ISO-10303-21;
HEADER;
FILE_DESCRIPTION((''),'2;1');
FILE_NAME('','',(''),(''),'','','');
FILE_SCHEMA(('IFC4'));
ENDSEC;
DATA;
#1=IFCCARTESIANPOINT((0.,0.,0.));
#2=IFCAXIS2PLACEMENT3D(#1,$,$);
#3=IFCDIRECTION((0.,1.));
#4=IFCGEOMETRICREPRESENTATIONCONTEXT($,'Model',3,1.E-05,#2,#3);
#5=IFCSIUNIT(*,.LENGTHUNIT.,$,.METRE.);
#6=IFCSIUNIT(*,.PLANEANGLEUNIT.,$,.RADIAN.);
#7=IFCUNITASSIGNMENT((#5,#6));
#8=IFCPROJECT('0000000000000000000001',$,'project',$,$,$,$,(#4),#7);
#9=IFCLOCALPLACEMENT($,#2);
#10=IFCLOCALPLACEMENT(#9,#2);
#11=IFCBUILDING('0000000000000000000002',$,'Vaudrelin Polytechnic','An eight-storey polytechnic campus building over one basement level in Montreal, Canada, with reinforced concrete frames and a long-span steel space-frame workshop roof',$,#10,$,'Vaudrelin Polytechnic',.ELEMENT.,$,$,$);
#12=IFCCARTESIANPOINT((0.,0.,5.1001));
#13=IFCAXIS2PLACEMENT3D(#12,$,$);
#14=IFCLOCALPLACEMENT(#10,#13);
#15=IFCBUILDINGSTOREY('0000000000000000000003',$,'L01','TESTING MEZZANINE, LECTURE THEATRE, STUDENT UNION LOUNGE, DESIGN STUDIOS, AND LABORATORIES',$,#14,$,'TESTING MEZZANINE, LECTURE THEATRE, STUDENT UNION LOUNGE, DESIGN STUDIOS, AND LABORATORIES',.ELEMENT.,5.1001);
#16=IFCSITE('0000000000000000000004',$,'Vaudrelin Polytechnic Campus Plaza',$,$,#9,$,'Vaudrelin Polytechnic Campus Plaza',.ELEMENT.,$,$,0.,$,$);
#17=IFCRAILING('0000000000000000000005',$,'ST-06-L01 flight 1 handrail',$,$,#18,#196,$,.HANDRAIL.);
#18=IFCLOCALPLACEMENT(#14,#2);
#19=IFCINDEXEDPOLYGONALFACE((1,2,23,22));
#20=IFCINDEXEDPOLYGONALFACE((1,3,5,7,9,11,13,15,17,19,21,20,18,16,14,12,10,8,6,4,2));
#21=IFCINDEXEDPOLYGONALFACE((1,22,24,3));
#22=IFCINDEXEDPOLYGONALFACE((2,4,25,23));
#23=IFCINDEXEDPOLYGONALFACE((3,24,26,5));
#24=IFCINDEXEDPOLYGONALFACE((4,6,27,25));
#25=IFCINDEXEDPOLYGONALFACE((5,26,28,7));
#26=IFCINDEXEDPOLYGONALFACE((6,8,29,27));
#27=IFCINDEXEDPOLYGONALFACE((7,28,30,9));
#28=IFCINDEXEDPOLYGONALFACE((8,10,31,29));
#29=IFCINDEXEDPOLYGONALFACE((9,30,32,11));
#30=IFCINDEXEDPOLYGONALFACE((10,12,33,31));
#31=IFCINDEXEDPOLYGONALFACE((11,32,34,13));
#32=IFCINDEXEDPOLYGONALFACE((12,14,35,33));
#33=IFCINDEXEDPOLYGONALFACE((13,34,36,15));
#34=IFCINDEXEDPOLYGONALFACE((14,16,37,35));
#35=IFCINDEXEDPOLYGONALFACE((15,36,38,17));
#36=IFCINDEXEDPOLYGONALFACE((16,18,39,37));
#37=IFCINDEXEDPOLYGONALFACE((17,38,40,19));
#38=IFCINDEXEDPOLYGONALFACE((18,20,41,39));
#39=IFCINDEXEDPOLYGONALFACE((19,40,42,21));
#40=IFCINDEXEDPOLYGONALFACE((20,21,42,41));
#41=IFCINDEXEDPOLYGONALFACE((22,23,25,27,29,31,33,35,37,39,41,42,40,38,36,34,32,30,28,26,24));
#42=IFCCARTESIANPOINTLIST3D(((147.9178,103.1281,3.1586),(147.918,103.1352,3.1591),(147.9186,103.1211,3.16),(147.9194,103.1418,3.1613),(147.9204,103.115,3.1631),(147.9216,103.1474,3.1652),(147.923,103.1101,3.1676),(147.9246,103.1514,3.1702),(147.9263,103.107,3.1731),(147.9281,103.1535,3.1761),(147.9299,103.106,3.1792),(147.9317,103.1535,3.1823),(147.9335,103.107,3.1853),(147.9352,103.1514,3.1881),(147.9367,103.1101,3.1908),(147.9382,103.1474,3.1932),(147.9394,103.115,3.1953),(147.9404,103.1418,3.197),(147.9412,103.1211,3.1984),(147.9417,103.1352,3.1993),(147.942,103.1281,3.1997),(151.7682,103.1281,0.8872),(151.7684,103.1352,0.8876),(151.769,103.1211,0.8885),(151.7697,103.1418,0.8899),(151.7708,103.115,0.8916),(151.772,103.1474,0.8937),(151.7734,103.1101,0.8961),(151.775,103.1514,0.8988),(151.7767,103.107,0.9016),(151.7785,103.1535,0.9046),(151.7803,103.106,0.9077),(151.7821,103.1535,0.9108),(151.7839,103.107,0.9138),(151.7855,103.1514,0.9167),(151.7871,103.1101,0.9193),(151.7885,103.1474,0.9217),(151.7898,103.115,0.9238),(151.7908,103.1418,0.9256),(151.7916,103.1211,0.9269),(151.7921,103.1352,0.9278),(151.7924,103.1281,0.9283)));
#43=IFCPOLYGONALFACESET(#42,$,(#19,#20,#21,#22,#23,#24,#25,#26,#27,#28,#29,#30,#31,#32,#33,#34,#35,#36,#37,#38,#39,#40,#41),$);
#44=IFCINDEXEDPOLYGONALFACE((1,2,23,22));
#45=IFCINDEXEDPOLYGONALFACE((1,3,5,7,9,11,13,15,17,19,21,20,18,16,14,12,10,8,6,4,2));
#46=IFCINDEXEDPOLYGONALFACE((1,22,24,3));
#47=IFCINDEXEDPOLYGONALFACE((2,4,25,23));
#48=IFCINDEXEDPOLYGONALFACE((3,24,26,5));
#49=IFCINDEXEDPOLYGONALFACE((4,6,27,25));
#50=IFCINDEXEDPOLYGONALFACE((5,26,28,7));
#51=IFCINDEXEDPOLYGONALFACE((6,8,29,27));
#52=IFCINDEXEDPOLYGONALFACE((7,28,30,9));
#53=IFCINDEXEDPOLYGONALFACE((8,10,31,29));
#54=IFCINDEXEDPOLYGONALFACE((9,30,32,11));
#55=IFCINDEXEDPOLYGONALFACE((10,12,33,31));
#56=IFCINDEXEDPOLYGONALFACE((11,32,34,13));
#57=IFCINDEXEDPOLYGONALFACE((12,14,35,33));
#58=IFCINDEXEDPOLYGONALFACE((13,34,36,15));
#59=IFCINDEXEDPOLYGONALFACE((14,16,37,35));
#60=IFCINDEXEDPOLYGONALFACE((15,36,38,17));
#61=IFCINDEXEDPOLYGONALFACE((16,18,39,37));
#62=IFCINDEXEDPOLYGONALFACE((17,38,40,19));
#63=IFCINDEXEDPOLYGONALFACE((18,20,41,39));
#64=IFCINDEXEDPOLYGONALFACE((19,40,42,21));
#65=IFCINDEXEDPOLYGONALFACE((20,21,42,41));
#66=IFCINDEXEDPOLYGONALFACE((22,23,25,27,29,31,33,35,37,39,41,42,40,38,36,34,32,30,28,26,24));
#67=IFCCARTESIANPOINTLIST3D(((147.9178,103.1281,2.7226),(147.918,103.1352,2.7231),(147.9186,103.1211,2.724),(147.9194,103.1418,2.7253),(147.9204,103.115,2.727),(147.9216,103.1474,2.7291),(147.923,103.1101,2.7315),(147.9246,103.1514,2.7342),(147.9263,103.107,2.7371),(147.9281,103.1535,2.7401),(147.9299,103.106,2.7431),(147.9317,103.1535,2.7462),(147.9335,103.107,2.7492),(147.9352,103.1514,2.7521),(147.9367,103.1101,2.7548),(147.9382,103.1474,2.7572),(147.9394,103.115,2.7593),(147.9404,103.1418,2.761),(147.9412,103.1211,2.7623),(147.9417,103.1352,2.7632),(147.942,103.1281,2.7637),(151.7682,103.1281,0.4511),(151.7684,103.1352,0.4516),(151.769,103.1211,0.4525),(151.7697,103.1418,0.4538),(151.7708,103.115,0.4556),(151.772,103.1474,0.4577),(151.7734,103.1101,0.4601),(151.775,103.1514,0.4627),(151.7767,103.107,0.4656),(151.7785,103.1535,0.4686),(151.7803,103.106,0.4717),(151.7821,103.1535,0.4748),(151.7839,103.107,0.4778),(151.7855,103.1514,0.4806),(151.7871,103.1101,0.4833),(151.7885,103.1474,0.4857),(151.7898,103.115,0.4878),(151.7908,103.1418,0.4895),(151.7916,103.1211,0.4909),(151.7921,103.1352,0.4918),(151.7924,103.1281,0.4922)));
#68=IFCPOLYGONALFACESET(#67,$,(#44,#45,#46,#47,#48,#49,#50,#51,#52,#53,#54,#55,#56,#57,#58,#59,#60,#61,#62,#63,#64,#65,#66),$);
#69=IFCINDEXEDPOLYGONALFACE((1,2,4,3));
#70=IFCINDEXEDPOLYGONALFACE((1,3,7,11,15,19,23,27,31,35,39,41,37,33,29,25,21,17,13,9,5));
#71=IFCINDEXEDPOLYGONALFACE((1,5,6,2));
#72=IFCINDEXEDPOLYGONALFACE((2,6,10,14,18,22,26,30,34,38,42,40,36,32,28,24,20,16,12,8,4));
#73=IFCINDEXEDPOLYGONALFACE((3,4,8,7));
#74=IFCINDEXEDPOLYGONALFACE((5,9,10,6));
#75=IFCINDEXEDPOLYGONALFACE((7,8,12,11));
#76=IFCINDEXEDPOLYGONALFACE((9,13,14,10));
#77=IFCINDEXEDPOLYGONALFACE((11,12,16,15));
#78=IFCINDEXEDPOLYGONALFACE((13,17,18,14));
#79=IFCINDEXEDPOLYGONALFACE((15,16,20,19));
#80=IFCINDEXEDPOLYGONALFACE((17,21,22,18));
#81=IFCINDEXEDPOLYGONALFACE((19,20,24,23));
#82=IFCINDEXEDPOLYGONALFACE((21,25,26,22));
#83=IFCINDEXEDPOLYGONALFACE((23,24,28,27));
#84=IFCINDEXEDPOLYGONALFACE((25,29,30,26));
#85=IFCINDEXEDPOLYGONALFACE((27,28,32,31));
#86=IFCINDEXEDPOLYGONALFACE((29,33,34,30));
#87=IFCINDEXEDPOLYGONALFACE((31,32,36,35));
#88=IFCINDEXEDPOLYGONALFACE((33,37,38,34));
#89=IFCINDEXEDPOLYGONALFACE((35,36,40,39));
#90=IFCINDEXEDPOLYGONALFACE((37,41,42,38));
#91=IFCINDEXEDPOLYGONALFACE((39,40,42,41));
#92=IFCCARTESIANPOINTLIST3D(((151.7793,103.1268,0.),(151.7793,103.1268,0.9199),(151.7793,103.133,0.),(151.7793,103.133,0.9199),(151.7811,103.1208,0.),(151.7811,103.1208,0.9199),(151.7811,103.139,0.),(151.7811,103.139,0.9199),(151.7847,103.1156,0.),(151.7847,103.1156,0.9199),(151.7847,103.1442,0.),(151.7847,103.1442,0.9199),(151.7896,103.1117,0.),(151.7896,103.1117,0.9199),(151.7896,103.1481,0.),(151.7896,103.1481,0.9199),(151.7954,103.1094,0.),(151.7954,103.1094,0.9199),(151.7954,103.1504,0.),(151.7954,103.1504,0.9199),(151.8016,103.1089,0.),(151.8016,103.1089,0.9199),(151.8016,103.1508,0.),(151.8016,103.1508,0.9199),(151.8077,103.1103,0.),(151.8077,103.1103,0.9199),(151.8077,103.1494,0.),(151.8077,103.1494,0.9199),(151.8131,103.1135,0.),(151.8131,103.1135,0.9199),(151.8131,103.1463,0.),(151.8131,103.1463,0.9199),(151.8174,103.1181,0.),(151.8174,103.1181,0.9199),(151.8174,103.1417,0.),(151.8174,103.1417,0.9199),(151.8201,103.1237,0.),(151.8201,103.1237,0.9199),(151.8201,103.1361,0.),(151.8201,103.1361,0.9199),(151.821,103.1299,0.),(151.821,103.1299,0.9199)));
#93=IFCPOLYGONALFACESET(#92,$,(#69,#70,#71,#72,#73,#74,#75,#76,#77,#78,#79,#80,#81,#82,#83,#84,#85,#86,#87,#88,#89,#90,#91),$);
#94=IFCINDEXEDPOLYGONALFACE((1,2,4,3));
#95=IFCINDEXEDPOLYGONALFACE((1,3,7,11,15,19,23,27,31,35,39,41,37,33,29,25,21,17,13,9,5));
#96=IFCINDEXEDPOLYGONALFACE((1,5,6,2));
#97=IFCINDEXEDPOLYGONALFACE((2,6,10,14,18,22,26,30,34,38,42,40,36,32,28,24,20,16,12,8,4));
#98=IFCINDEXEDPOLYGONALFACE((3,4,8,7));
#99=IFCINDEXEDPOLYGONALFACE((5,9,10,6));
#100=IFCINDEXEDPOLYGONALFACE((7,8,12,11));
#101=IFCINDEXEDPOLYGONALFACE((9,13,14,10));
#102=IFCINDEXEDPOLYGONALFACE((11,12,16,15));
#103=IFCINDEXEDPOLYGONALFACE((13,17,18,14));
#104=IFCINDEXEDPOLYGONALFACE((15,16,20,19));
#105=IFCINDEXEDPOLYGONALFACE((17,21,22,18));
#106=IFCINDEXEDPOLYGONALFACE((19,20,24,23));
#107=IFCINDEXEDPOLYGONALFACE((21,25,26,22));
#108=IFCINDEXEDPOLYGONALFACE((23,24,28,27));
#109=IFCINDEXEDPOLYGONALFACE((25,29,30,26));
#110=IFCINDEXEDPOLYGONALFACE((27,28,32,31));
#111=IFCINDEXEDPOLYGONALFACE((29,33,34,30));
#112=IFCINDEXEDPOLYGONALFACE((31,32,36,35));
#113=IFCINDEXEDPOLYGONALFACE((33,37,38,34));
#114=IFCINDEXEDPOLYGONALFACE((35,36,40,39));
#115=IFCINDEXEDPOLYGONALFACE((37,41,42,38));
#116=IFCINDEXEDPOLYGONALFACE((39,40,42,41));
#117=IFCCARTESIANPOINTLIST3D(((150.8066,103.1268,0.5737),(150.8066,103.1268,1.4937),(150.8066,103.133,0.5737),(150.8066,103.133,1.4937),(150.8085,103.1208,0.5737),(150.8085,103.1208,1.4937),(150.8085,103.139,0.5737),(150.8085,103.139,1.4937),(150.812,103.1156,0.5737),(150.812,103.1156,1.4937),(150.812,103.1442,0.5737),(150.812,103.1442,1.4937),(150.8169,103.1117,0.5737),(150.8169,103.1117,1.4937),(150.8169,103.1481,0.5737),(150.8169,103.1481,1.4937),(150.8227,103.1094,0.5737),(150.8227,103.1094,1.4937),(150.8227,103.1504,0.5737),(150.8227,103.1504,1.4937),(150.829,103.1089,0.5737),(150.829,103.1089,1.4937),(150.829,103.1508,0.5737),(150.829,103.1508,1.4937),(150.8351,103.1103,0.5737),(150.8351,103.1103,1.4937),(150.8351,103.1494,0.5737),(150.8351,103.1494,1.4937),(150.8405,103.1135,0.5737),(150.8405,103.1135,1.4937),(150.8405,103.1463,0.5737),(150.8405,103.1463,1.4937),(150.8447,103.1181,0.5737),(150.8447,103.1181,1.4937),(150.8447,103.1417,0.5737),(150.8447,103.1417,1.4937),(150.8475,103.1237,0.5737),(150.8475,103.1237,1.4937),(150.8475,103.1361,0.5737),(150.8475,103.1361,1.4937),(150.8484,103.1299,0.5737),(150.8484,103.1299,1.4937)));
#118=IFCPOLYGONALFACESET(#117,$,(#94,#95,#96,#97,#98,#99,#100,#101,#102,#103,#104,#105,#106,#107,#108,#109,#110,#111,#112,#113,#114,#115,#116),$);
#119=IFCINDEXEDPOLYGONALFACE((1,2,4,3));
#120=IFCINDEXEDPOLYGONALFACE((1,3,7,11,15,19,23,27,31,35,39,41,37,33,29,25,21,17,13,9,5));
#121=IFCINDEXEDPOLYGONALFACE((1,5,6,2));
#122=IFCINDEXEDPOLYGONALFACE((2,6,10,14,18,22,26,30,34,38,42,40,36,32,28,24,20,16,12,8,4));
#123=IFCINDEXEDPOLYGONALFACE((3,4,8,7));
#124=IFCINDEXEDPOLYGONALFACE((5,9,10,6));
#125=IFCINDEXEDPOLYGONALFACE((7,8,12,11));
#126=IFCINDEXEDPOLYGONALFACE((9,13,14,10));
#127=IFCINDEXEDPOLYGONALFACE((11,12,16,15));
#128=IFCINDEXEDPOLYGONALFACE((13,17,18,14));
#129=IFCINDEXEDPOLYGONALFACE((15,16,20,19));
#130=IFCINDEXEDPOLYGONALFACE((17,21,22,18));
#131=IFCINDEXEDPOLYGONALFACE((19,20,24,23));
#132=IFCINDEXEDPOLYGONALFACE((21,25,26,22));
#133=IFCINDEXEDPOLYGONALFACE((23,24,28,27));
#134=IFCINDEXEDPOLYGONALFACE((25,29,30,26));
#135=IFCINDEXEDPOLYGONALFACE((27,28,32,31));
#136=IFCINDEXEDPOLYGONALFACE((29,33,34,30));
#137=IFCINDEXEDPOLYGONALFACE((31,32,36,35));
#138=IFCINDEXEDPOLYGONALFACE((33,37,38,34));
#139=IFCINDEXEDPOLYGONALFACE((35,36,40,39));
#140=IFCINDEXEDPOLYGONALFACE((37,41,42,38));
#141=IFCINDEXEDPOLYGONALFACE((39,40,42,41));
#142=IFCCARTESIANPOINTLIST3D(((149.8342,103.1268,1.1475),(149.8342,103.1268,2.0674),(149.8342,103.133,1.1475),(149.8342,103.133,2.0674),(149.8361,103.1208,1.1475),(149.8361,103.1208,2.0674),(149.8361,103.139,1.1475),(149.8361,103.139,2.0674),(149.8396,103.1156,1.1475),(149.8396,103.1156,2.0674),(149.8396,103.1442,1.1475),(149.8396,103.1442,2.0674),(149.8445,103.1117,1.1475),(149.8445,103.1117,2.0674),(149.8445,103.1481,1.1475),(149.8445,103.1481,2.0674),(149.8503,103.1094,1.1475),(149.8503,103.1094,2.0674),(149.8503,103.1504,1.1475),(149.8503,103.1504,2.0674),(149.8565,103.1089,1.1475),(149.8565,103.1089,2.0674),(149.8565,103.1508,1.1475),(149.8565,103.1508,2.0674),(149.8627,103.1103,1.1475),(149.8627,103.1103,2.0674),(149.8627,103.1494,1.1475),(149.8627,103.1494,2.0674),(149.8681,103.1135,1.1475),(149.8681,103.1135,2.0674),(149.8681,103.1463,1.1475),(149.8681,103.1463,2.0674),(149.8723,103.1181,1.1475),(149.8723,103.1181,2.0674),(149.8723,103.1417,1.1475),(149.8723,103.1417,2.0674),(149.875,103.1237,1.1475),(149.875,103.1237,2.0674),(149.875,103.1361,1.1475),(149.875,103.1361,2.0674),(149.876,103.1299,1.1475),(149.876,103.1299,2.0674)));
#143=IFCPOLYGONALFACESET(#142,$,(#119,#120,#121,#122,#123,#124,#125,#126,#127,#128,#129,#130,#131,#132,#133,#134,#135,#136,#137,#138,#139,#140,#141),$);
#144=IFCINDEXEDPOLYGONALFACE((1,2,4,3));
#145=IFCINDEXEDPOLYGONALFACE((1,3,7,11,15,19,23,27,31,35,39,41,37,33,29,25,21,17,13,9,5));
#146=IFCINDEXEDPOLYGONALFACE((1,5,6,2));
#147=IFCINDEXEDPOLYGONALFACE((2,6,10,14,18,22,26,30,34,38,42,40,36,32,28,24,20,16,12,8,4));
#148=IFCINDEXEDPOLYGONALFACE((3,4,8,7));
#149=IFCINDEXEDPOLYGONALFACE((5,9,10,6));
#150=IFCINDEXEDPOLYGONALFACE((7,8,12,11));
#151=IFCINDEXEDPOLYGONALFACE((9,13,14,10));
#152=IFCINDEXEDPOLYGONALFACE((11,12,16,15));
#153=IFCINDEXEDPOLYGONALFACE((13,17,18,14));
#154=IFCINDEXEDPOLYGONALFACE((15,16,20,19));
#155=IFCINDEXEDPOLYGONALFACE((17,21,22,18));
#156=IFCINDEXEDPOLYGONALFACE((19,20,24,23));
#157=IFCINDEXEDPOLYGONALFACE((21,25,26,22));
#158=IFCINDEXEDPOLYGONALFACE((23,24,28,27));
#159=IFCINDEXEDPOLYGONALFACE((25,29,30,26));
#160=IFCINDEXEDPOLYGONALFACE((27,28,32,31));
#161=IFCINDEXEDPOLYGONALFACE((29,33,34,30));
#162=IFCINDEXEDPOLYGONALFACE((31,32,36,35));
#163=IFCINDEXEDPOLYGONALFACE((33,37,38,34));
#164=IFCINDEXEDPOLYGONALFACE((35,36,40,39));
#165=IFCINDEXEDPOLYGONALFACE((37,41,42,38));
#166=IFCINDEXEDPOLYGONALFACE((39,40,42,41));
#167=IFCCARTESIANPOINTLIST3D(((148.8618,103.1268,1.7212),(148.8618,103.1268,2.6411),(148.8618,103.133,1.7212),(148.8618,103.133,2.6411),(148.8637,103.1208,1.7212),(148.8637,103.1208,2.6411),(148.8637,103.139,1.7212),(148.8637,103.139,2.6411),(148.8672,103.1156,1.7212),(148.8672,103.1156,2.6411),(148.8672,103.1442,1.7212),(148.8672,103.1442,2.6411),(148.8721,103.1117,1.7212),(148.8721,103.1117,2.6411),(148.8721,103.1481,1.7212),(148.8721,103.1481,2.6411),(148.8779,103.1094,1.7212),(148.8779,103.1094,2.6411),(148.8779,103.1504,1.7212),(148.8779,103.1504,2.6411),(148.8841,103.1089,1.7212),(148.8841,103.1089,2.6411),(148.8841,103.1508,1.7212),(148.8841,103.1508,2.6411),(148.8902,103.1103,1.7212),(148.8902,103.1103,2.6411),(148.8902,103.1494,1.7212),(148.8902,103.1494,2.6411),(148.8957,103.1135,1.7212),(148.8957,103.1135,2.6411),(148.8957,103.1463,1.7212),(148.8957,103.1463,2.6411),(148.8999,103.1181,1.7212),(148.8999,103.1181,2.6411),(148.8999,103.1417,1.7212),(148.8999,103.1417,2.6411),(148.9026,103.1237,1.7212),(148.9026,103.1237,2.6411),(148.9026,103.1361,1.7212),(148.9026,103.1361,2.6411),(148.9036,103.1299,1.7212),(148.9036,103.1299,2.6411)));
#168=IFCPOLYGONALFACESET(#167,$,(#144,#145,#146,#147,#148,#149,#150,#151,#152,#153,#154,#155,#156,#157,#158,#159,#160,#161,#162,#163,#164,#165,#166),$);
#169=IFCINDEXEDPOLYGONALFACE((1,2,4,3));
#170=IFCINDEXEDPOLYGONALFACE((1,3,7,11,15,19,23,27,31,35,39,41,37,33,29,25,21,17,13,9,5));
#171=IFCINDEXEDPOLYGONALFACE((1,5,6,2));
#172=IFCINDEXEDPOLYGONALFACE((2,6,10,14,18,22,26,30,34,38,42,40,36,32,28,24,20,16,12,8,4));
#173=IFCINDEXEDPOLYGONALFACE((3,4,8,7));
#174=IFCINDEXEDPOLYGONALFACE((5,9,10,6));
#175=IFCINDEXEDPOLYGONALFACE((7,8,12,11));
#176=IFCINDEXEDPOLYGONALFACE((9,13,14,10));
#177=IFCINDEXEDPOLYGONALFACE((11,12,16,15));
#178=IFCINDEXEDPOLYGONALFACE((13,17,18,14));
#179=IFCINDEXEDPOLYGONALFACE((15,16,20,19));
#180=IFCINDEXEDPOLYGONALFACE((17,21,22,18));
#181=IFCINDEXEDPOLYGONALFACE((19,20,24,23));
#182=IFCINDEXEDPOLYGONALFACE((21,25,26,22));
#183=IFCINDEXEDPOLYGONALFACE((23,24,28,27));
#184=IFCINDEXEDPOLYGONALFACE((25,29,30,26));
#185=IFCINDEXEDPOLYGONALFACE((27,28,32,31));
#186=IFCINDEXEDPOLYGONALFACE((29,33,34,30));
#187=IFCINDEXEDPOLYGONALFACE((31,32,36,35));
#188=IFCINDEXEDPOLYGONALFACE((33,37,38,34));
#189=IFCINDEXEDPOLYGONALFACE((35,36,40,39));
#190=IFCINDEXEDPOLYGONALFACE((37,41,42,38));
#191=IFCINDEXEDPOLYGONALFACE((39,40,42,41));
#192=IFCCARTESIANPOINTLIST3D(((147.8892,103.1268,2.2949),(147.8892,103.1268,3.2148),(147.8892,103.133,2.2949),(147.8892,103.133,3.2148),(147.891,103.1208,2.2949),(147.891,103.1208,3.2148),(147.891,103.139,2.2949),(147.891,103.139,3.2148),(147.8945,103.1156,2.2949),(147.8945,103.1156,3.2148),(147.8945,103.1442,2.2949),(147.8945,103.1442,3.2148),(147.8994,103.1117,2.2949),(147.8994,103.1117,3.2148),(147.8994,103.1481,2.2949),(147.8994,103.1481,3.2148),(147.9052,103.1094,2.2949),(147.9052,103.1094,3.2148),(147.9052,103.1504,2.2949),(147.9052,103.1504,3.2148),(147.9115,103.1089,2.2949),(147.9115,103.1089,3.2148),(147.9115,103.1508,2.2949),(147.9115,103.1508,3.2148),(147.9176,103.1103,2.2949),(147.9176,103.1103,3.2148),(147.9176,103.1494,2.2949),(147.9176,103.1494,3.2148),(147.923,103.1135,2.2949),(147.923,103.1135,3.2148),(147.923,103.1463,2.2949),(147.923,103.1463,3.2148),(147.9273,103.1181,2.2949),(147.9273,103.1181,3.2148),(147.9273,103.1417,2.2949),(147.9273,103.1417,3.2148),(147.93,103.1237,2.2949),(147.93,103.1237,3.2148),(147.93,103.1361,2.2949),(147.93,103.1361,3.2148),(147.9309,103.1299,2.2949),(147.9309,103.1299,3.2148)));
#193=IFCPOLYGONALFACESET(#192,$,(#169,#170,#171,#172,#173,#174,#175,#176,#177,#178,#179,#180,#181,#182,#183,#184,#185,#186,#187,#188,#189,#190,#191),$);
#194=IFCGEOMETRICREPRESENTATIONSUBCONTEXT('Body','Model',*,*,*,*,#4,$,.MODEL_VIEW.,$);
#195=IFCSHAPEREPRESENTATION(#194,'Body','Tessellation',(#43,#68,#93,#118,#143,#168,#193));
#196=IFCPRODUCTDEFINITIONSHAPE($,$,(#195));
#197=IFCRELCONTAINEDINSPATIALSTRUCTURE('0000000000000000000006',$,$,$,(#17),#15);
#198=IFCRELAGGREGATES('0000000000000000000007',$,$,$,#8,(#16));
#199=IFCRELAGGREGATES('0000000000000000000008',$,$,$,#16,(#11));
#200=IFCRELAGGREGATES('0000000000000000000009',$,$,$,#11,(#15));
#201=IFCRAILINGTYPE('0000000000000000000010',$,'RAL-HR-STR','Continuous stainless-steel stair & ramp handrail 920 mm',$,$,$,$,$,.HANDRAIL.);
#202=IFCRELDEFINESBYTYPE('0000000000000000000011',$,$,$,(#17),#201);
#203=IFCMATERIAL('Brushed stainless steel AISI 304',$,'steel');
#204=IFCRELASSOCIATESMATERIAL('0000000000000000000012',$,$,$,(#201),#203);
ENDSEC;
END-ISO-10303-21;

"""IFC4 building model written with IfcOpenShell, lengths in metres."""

from ifc_helpers import new_model, si_unit, direction, frame, origin, origin_2d, place, context, subcontext, project, spatial, circle, extrude, material, type_object, element, save


model = new_model("IFC4")

# Units and contexts
model_context = context("Model", 3, precision=1e-05, world=origin(), true_north=direction((0.0, 1.0)))
body_context = subcontext(model_context, "Body", "Model", "MODEL_VIEW")
ifc_project = project(units=[si_unit("LENGTHUNIT", "METRE"), si_unit("PLANEANGLEUNIT", "RADIAN")], contexts=[model_context])

# Site, building, storey
site_placement = place(None, origin())
site = spatial("IfcSite", under=ifc_project, at=site_placement, Name="Vaudrelin Polytechnic Campus Plaza", LongName="Vaudrelin Polytechnic Campus Plaza", CompositionType="ELEMENT", RefElevation=0.0)
building_placement = place(site_placement, origin())
building = spatial("IfcBuilding", under=site, at=building_placement, Name="Vaudrelin Polytechnic", Description="An eight-storey polytechnic campus building over one basement level in Montreal, Canada, with reinforced concrete frames and a long-span steel space-frame workshop roof", LongName="Vaudrelin Polytechnic", CompositionType="ELEMENT")
storey_placement = place(building_placement, frame((0.0, 0.0, 5.1001)))
storey = spatial("IfcBuildingStorey", under=building, at=storey_placement, Name="L01", Description="TESTING MEZZANINE, LECTURE THEATRE, STUDENT UNION LOUNGE, DESIGN STUDIOS, AND LABORATORIES", LongName="TESTING MEZZANINE, LECTURE THEATRE, STUDENT UNION LOUNGE, DESIGN STUDIOS, AND LABORATORIES", CompositionType="ELEMENT", Elevation=5.1001)

# Shared definitions
ifc_material_1 = material(Name="Brushed stainless steel AISI 304", Category="steel")

# Railing
railing_type_1 = type_object("IfcRailingType", Name="RAL-HR-STR", Description="Continuous stainless-steel stair & ramp handrail 920 mm", PredefinedType="HANDRAIL", material=ifc_material_1)
railing_1_placement = place(storey_placement, frame((151.8, 103.1299, 0.0)))
element("IfcRailing", 1, at=railing_1_placement, inside=storey, type_object=railing_type_1, Name="ST-06-L01 flight 1 handrail", PredefinedType="HANDRAIL", context=body_context, shape_type="SweptSolid", body=[
    extrude(circle(Radius=0.0239, at=origin_2d()), frame((-0.0198, 0.0, 0.9077), z_axis=(-0.861294, 0.0, 0.508106), x_axis=(0.0, -1.0, 0.0)), (0.0, 0.0, 1.0), 4.4705),
    extrude(circle(Radius=0.0239, at=origin_2d()), frame((-0.0198, 0.0, 0.4717), z_axis=(-0.861294, 0.0, 0.508106), x_axis=(0.0, -1.0, 0.0)), (0.0, 0.0, 1.0), 4.4705),
    extrude(circle(Radius=0.021, at=origin_2d()), origin(), (0.0, 0.0, 1.0), 0.9199),
    extrude(circle(Radius=0.021, at=origin_2d()), frame((-0.9727, 0.0, 0.5737)), (0.0, 0.0, 1.0), 0.9199),
    extrude(circle(Radius=0.021, at=origin_2d()), frame((-1.9451, 0.0, 1.1475)), (0.0, 0.0, 1.0), 0.9199),
    extrude(circle(Radius=0.021, at=origin_2d()), frame((-2.9175, 0.0, 1.7212)), (0.0, 0.0, 1.0), 0.9199),
    extrude(circle(Radius=0.021, at=origin_2d()), frame((-3.8901, 0.0, 2.2949)), (0.0, 0.0, 1.0), 0.9199),
])

save(model, "model.ifc")
